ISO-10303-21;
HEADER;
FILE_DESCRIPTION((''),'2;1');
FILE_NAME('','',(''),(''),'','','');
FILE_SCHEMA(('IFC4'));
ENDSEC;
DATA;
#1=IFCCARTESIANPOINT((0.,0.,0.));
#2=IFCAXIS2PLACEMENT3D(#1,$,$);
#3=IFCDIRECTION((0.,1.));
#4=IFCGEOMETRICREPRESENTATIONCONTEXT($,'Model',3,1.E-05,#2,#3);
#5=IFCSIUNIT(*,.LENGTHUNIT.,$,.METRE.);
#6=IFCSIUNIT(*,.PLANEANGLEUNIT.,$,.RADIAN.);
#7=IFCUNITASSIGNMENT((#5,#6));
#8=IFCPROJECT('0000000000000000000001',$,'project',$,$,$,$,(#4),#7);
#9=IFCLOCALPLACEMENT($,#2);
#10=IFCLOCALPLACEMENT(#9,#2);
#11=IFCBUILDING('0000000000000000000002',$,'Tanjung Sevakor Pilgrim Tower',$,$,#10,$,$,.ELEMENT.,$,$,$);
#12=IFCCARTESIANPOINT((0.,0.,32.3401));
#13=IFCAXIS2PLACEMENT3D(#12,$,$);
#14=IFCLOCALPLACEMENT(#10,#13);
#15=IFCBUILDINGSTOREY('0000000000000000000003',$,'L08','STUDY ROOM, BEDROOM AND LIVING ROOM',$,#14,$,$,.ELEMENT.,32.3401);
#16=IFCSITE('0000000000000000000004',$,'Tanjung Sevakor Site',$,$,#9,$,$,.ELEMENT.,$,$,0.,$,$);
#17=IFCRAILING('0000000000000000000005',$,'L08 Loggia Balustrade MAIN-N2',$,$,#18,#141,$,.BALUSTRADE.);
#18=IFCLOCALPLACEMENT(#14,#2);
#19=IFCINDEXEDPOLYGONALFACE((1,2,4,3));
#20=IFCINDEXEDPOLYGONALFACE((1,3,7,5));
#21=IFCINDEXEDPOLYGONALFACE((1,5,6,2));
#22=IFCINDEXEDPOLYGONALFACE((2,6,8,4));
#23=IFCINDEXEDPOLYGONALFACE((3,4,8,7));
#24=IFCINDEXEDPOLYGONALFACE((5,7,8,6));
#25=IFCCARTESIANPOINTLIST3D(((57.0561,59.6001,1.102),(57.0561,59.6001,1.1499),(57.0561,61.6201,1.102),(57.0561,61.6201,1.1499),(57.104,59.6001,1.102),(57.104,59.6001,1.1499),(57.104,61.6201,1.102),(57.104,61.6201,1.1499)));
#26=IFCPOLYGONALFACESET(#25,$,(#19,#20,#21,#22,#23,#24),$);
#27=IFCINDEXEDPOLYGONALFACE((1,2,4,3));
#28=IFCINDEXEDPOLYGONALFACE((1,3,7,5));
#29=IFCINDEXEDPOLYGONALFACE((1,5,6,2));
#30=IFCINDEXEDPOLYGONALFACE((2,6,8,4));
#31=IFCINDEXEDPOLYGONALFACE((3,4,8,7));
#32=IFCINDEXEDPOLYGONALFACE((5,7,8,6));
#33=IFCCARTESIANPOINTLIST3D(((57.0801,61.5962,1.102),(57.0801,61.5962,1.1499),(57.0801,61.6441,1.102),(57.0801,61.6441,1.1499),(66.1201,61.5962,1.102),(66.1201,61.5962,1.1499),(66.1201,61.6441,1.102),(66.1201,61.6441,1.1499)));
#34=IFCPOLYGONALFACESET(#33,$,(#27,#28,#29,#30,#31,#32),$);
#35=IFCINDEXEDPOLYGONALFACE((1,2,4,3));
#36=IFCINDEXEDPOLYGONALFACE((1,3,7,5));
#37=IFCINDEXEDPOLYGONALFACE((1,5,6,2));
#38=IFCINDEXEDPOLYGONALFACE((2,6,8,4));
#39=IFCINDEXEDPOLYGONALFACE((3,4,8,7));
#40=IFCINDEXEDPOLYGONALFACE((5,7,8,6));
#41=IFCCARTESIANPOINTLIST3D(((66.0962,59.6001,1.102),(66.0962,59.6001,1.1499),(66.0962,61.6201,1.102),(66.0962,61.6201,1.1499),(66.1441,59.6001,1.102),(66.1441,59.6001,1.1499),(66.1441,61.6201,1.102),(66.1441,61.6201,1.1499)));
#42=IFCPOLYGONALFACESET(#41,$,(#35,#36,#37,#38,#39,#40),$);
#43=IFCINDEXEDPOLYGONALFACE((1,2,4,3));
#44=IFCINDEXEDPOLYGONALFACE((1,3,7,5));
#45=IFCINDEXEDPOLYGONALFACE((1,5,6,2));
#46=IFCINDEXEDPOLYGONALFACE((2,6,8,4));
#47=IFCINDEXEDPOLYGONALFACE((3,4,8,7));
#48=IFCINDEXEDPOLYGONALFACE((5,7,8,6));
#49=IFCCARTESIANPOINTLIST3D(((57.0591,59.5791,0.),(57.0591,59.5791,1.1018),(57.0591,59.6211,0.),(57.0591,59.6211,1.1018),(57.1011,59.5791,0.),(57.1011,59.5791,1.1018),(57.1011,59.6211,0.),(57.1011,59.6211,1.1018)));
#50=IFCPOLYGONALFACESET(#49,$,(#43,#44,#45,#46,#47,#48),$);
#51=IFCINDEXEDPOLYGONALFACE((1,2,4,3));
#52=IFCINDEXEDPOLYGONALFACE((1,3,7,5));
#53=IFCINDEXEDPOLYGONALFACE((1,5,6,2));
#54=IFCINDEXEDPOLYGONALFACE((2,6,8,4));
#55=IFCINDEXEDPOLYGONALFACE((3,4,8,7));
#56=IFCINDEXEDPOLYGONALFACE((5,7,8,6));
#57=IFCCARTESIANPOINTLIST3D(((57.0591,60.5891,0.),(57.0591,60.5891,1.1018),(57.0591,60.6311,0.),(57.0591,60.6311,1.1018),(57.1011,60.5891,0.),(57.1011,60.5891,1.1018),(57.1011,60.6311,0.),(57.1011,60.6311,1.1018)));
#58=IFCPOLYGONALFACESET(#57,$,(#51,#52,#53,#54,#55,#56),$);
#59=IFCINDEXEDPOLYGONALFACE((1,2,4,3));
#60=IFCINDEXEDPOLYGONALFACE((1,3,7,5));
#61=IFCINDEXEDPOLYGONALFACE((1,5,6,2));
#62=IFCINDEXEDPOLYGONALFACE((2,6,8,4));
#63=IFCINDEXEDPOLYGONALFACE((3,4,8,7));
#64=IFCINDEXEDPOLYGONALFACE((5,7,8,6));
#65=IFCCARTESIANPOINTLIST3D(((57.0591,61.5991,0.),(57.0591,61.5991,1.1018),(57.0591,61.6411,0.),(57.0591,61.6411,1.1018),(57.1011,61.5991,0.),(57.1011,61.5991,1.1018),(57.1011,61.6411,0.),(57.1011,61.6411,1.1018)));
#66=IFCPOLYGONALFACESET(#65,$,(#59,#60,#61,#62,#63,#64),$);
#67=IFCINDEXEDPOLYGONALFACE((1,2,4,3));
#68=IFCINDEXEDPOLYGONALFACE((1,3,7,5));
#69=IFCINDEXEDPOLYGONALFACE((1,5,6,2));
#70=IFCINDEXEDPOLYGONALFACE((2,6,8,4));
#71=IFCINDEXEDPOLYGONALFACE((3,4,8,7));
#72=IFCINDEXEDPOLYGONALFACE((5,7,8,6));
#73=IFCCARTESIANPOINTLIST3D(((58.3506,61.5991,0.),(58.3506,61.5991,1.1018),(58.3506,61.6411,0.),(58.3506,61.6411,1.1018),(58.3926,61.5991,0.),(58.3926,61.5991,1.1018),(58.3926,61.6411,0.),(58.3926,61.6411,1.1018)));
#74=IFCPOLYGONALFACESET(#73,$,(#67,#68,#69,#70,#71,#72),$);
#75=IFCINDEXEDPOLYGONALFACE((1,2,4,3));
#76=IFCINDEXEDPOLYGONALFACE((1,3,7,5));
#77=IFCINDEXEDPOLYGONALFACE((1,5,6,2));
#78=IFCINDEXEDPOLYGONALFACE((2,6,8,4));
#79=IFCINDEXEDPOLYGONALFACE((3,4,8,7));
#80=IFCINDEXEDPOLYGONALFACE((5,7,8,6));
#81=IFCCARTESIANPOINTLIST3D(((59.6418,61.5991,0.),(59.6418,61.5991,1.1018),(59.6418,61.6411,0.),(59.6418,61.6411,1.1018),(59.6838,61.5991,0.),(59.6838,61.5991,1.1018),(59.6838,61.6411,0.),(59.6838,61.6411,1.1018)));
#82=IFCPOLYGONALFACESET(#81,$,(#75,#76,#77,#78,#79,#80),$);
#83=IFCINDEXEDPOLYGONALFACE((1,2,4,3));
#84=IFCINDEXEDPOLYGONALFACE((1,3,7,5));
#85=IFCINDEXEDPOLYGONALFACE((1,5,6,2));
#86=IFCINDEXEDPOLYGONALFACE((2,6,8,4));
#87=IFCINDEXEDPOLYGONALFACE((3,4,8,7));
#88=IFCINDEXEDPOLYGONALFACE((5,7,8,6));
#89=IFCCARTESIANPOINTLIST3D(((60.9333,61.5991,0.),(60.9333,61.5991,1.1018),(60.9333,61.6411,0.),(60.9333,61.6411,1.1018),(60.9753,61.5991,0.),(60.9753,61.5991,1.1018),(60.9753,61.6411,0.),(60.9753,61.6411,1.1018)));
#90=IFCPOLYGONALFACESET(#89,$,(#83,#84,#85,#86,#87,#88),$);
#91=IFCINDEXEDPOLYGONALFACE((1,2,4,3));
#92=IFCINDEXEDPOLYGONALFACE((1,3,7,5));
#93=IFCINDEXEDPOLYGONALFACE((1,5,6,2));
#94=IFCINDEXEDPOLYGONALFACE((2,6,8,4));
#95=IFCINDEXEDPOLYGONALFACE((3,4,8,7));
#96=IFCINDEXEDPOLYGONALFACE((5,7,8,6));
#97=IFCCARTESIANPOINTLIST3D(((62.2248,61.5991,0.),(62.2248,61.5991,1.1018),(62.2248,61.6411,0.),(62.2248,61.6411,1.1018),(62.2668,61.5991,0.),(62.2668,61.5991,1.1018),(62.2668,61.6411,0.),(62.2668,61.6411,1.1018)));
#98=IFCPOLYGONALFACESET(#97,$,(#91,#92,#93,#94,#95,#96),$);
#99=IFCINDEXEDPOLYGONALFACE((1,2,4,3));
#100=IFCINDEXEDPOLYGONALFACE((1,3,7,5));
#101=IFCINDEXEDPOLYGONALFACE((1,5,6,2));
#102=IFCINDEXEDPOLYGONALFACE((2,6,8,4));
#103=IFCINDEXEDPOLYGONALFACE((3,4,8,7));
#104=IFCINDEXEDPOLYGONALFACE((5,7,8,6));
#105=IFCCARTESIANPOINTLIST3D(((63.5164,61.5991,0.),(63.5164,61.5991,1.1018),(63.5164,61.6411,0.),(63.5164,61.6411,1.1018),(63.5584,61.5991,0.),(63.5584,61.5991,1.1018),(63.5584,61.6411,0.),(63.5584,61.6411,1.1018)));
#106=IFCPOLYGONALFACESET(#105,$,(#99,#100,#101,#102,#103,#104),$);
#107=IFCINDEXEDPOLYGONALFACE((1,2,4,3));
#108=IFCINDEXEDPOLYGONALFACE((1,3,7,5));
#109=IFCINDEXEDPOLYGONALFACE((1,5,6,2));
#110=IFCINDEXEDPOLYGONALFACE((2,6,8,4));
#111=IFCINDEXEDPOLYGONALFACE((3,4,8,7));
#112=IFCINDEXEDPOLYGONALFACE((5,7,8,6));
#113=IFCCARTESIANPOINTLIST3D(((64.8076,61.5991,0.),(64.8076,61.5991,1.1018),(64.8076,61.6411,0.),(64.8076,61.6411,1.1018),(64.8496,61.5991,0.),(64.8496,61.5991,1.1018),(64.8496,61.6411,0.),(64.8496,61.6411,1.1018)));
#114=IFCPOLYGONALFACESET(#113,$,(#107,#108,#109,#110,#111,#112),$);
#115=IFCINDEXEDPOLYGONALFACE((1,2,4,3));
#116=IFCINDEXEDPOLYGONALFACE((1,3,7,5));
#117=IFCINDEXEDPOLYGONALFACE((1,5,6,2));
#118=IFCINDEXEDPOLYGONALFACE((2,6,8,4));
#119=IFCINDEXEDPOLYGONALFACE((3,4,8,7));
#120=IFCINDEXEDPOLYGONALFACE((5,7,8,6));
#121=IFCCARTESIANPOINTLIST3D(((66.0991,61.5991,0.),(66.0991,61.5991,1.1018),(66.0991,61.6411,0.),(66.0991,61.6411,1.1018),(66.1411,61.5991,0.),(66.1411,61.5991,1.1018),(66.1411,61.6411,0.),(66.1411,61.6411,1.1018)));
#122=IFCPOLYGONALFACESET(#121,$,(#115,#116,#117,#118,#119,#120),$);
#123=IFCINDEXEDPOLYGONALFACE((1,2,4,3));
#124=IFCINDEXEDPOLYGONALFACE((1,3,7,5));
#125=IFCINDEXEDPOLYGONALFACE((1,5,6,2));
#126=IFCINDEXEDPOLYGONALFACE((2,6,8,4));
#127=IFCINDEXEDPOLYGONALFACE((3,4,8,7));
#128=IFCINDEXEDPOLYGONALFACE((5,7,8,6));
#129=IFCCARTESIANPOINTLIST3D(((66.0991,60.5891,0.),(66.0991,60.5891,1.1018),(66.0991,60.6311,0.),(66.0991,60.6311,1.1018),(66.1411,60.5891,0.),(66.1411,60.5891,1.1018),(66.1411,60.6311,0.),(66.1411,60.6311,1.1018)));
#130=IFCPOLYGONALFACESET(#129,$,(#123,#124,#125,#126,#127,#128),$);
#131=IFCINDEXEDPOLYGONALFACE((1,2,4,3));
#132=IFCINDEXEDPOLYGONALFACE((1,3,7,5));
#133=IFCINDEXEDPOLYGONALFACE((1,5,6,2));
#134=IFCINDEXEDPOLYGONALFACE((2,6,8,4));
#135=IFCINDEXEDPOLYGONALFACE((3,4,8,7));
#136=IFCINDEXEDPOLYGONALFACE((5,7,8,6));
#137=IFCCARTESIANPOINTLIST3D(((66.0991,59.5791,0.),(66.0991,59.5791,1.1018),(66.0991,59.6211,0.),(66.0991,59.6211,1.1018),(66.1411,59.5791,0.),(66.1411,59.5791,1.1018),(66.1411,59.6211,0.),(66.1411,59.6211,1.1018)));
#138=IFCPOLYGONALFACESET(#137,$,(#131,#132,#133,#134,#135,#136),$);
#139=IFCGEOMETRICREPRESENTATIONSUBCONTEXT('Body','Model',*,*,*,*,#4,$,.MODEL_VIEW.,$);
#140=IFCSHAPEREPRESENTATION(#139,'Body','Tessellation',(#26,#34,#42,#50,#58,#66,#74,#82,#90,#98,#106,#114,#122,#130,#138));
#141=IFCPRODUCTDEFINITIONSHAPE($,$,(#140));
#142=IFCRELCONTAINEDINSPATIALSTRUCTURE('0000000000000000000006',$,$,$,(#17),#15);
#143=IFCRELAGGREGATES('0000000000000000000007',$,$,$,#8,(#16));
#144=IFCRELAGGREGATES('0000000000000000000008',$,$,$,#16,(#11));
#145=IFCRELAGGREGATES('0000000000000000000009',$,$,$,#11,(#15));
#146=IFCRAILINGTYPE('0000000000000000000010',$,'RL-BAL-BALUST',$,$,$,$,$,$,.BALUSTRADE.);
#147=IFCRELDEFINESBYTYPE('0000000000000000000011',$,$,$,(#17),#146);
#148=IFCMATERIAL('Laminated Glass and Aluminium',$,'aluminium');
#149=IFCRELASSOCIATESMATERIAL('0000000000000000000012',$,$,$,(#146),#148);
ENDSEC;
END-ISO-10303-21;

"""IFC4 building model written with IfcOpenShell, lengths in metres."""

from ifc_helpers import new_model, si_unit, direction, frame, origin, place, context, subcontext, project, spatial, rectangle, extrude, material, type_object, element, save


model = new_model("IFC4")

# Units and contexts
model_context = context("Model", 3, precision=1e-05, world=origin(), true_north=direction((0.0, 1.0)))
body_context = subcontext(model_context, "Body", "Model", "MODEL_VIEW")
ifc_project = project(units=[si_unit("LENGTHUNIT", "METRE"), si_unit("PLANEANGLEUNIT", "RADIAN")], contexts=[model_context])

# Site, building, storey
site_placement = place(None, origin())
site = spatial("IfcSite", under=ifc_project, at=site_placement, Name="Tanjung Sevakor Site", CompositionType="ELEMENT", RefElevation=0.0)
building_placement = place(site_placement, origin())
building = spatial("IfcBuilding", under=site, at=building_placement, Name="Tanjung Sevakor Pilgrim Tower", CompositionType="ELEMENT")
storey_placement = place(building_placement, frame((0.0, 0.0, 32.3401)))
storey = spatial("IfcBuildingStorey", under=building, at=storey_placement, Name="L08", Description="STUDY ROOM, BEDROOM AND LIVING ROOM", CompositionType="ELEMENT", Elevation=32.3401)

# Railing
ifc_material_1 = material(Name="Laminated Glass and Aluminium", Category="aluminium")
railing_type = type_object("IfcRailingType", Name="RL-BAL-BALUST", PredefinedType="BALUSTRADE", material=ifc_material_1)
railing_1_placement = place(storey_placement, frame((57.0801, 59.6001, 0.0)))
element("IfcRailing", 1, at=railing_1_placement, inside=storey, type_object=railing_type, Name="L08 Loggia Balustrade MAIN-N2", PredefinedType="BALUSTRADE", context=body_context, shape_type="SweptSolid", body=[
    extrude(rectangle(XDim=0.0479, YDim=0.0479), frame((0.0, 0.0, 1.126), z_axis=(0.0, 1.0, 0.0), x_axis=(-1.0, 0.0, 0.0)), (0.0, 0.0, 1.0), 2.02),
    extrude(rectangle(XDim=0.0479, YDim=0.0479), frame((0.0, 2.02, 1.126), z_axis=(1.0, 0.0, 0.0), x_axis=(0.0, 1.0, 0.0)), (0.0, 0.0, 1.0), 9.04),
    extrude(rectangle(XDim=0.0479, YDim=0.0479), frame((9.04, 2.02, 1.126), z_axis=(0.0, -1.0, 0.0), x_axis=(1.0, 0.0, 0.0)), (0.0, 0.0, 1.0), 2.02),
    extrude(rectangle(XDim=0.042, YDim=0.042), origin(), (0.0, 0.0, 1.0), 1.1018),
    extrude(rectangle(XDim=0.042, YDim=0.042), frame((0.0, 1.01, 0.0)), (0.0, 0.0, 1.0), 1.1018),
    extrude(rectangle(XDim=0.042, YDim=0.042), frame((0.0, 2.02, 0.0)), (0.0, 0.0, 1.0), 1.1018),
    extrude(rectangle(XDim=0.042, YDim=0.042), frame((1.2915, 2.02, 0.0)), (0.0, 0.0, 1.0), 1.1018),
    extrude(rectangle(XDim=0.042, YDim=0.042), frame((2.5828, 2.02, 0.0)), (0.0, 0.0, 1.0), 1.1018),
    extrude(rectangle(XDim=0.042, YDim=0.042), frame((3.8743, 2.02, 0.0)), (0.0, 0.0, 1.0), 1.1018),
    extrude(rectangle(XDim=0.042, YDim=0.042), frame((5.1658, 2.02, 0.0)), (0.0, 0.0, 1.0), 1.1018),
    extrude(rectangle(XDim=0.042, YDim=0.042), frame((6.4573, 2.02, 0.0)), (0.0, 0.0, 1.0), 1.1018),
    extrude(rectangle(XDim=0.042, YDim=0.042), frame((7.7485, 2.02, 0.0)), (0.0, 0.0, 1.0), 1.1018),
    extrude(rectangle(XDim=0.042, YDim=0.042), frame((9.04, 2.02, 0.0)), (0.0, 0.0, 1.0), 1.1018),
    extrude(rectangle(XDim=0.042, YDim=0.042), frame((9.04, 1.01, 0.0)), (0.0, 0.0, 1.0), 1.1018),
    extrude(rectangle(XDim=0.042, YDim=0.042), frame((9.04, 0.0, 0.0)), (0.0, 0.0, 1.0), 1.1018),
])

save(model, "model.ifc")
